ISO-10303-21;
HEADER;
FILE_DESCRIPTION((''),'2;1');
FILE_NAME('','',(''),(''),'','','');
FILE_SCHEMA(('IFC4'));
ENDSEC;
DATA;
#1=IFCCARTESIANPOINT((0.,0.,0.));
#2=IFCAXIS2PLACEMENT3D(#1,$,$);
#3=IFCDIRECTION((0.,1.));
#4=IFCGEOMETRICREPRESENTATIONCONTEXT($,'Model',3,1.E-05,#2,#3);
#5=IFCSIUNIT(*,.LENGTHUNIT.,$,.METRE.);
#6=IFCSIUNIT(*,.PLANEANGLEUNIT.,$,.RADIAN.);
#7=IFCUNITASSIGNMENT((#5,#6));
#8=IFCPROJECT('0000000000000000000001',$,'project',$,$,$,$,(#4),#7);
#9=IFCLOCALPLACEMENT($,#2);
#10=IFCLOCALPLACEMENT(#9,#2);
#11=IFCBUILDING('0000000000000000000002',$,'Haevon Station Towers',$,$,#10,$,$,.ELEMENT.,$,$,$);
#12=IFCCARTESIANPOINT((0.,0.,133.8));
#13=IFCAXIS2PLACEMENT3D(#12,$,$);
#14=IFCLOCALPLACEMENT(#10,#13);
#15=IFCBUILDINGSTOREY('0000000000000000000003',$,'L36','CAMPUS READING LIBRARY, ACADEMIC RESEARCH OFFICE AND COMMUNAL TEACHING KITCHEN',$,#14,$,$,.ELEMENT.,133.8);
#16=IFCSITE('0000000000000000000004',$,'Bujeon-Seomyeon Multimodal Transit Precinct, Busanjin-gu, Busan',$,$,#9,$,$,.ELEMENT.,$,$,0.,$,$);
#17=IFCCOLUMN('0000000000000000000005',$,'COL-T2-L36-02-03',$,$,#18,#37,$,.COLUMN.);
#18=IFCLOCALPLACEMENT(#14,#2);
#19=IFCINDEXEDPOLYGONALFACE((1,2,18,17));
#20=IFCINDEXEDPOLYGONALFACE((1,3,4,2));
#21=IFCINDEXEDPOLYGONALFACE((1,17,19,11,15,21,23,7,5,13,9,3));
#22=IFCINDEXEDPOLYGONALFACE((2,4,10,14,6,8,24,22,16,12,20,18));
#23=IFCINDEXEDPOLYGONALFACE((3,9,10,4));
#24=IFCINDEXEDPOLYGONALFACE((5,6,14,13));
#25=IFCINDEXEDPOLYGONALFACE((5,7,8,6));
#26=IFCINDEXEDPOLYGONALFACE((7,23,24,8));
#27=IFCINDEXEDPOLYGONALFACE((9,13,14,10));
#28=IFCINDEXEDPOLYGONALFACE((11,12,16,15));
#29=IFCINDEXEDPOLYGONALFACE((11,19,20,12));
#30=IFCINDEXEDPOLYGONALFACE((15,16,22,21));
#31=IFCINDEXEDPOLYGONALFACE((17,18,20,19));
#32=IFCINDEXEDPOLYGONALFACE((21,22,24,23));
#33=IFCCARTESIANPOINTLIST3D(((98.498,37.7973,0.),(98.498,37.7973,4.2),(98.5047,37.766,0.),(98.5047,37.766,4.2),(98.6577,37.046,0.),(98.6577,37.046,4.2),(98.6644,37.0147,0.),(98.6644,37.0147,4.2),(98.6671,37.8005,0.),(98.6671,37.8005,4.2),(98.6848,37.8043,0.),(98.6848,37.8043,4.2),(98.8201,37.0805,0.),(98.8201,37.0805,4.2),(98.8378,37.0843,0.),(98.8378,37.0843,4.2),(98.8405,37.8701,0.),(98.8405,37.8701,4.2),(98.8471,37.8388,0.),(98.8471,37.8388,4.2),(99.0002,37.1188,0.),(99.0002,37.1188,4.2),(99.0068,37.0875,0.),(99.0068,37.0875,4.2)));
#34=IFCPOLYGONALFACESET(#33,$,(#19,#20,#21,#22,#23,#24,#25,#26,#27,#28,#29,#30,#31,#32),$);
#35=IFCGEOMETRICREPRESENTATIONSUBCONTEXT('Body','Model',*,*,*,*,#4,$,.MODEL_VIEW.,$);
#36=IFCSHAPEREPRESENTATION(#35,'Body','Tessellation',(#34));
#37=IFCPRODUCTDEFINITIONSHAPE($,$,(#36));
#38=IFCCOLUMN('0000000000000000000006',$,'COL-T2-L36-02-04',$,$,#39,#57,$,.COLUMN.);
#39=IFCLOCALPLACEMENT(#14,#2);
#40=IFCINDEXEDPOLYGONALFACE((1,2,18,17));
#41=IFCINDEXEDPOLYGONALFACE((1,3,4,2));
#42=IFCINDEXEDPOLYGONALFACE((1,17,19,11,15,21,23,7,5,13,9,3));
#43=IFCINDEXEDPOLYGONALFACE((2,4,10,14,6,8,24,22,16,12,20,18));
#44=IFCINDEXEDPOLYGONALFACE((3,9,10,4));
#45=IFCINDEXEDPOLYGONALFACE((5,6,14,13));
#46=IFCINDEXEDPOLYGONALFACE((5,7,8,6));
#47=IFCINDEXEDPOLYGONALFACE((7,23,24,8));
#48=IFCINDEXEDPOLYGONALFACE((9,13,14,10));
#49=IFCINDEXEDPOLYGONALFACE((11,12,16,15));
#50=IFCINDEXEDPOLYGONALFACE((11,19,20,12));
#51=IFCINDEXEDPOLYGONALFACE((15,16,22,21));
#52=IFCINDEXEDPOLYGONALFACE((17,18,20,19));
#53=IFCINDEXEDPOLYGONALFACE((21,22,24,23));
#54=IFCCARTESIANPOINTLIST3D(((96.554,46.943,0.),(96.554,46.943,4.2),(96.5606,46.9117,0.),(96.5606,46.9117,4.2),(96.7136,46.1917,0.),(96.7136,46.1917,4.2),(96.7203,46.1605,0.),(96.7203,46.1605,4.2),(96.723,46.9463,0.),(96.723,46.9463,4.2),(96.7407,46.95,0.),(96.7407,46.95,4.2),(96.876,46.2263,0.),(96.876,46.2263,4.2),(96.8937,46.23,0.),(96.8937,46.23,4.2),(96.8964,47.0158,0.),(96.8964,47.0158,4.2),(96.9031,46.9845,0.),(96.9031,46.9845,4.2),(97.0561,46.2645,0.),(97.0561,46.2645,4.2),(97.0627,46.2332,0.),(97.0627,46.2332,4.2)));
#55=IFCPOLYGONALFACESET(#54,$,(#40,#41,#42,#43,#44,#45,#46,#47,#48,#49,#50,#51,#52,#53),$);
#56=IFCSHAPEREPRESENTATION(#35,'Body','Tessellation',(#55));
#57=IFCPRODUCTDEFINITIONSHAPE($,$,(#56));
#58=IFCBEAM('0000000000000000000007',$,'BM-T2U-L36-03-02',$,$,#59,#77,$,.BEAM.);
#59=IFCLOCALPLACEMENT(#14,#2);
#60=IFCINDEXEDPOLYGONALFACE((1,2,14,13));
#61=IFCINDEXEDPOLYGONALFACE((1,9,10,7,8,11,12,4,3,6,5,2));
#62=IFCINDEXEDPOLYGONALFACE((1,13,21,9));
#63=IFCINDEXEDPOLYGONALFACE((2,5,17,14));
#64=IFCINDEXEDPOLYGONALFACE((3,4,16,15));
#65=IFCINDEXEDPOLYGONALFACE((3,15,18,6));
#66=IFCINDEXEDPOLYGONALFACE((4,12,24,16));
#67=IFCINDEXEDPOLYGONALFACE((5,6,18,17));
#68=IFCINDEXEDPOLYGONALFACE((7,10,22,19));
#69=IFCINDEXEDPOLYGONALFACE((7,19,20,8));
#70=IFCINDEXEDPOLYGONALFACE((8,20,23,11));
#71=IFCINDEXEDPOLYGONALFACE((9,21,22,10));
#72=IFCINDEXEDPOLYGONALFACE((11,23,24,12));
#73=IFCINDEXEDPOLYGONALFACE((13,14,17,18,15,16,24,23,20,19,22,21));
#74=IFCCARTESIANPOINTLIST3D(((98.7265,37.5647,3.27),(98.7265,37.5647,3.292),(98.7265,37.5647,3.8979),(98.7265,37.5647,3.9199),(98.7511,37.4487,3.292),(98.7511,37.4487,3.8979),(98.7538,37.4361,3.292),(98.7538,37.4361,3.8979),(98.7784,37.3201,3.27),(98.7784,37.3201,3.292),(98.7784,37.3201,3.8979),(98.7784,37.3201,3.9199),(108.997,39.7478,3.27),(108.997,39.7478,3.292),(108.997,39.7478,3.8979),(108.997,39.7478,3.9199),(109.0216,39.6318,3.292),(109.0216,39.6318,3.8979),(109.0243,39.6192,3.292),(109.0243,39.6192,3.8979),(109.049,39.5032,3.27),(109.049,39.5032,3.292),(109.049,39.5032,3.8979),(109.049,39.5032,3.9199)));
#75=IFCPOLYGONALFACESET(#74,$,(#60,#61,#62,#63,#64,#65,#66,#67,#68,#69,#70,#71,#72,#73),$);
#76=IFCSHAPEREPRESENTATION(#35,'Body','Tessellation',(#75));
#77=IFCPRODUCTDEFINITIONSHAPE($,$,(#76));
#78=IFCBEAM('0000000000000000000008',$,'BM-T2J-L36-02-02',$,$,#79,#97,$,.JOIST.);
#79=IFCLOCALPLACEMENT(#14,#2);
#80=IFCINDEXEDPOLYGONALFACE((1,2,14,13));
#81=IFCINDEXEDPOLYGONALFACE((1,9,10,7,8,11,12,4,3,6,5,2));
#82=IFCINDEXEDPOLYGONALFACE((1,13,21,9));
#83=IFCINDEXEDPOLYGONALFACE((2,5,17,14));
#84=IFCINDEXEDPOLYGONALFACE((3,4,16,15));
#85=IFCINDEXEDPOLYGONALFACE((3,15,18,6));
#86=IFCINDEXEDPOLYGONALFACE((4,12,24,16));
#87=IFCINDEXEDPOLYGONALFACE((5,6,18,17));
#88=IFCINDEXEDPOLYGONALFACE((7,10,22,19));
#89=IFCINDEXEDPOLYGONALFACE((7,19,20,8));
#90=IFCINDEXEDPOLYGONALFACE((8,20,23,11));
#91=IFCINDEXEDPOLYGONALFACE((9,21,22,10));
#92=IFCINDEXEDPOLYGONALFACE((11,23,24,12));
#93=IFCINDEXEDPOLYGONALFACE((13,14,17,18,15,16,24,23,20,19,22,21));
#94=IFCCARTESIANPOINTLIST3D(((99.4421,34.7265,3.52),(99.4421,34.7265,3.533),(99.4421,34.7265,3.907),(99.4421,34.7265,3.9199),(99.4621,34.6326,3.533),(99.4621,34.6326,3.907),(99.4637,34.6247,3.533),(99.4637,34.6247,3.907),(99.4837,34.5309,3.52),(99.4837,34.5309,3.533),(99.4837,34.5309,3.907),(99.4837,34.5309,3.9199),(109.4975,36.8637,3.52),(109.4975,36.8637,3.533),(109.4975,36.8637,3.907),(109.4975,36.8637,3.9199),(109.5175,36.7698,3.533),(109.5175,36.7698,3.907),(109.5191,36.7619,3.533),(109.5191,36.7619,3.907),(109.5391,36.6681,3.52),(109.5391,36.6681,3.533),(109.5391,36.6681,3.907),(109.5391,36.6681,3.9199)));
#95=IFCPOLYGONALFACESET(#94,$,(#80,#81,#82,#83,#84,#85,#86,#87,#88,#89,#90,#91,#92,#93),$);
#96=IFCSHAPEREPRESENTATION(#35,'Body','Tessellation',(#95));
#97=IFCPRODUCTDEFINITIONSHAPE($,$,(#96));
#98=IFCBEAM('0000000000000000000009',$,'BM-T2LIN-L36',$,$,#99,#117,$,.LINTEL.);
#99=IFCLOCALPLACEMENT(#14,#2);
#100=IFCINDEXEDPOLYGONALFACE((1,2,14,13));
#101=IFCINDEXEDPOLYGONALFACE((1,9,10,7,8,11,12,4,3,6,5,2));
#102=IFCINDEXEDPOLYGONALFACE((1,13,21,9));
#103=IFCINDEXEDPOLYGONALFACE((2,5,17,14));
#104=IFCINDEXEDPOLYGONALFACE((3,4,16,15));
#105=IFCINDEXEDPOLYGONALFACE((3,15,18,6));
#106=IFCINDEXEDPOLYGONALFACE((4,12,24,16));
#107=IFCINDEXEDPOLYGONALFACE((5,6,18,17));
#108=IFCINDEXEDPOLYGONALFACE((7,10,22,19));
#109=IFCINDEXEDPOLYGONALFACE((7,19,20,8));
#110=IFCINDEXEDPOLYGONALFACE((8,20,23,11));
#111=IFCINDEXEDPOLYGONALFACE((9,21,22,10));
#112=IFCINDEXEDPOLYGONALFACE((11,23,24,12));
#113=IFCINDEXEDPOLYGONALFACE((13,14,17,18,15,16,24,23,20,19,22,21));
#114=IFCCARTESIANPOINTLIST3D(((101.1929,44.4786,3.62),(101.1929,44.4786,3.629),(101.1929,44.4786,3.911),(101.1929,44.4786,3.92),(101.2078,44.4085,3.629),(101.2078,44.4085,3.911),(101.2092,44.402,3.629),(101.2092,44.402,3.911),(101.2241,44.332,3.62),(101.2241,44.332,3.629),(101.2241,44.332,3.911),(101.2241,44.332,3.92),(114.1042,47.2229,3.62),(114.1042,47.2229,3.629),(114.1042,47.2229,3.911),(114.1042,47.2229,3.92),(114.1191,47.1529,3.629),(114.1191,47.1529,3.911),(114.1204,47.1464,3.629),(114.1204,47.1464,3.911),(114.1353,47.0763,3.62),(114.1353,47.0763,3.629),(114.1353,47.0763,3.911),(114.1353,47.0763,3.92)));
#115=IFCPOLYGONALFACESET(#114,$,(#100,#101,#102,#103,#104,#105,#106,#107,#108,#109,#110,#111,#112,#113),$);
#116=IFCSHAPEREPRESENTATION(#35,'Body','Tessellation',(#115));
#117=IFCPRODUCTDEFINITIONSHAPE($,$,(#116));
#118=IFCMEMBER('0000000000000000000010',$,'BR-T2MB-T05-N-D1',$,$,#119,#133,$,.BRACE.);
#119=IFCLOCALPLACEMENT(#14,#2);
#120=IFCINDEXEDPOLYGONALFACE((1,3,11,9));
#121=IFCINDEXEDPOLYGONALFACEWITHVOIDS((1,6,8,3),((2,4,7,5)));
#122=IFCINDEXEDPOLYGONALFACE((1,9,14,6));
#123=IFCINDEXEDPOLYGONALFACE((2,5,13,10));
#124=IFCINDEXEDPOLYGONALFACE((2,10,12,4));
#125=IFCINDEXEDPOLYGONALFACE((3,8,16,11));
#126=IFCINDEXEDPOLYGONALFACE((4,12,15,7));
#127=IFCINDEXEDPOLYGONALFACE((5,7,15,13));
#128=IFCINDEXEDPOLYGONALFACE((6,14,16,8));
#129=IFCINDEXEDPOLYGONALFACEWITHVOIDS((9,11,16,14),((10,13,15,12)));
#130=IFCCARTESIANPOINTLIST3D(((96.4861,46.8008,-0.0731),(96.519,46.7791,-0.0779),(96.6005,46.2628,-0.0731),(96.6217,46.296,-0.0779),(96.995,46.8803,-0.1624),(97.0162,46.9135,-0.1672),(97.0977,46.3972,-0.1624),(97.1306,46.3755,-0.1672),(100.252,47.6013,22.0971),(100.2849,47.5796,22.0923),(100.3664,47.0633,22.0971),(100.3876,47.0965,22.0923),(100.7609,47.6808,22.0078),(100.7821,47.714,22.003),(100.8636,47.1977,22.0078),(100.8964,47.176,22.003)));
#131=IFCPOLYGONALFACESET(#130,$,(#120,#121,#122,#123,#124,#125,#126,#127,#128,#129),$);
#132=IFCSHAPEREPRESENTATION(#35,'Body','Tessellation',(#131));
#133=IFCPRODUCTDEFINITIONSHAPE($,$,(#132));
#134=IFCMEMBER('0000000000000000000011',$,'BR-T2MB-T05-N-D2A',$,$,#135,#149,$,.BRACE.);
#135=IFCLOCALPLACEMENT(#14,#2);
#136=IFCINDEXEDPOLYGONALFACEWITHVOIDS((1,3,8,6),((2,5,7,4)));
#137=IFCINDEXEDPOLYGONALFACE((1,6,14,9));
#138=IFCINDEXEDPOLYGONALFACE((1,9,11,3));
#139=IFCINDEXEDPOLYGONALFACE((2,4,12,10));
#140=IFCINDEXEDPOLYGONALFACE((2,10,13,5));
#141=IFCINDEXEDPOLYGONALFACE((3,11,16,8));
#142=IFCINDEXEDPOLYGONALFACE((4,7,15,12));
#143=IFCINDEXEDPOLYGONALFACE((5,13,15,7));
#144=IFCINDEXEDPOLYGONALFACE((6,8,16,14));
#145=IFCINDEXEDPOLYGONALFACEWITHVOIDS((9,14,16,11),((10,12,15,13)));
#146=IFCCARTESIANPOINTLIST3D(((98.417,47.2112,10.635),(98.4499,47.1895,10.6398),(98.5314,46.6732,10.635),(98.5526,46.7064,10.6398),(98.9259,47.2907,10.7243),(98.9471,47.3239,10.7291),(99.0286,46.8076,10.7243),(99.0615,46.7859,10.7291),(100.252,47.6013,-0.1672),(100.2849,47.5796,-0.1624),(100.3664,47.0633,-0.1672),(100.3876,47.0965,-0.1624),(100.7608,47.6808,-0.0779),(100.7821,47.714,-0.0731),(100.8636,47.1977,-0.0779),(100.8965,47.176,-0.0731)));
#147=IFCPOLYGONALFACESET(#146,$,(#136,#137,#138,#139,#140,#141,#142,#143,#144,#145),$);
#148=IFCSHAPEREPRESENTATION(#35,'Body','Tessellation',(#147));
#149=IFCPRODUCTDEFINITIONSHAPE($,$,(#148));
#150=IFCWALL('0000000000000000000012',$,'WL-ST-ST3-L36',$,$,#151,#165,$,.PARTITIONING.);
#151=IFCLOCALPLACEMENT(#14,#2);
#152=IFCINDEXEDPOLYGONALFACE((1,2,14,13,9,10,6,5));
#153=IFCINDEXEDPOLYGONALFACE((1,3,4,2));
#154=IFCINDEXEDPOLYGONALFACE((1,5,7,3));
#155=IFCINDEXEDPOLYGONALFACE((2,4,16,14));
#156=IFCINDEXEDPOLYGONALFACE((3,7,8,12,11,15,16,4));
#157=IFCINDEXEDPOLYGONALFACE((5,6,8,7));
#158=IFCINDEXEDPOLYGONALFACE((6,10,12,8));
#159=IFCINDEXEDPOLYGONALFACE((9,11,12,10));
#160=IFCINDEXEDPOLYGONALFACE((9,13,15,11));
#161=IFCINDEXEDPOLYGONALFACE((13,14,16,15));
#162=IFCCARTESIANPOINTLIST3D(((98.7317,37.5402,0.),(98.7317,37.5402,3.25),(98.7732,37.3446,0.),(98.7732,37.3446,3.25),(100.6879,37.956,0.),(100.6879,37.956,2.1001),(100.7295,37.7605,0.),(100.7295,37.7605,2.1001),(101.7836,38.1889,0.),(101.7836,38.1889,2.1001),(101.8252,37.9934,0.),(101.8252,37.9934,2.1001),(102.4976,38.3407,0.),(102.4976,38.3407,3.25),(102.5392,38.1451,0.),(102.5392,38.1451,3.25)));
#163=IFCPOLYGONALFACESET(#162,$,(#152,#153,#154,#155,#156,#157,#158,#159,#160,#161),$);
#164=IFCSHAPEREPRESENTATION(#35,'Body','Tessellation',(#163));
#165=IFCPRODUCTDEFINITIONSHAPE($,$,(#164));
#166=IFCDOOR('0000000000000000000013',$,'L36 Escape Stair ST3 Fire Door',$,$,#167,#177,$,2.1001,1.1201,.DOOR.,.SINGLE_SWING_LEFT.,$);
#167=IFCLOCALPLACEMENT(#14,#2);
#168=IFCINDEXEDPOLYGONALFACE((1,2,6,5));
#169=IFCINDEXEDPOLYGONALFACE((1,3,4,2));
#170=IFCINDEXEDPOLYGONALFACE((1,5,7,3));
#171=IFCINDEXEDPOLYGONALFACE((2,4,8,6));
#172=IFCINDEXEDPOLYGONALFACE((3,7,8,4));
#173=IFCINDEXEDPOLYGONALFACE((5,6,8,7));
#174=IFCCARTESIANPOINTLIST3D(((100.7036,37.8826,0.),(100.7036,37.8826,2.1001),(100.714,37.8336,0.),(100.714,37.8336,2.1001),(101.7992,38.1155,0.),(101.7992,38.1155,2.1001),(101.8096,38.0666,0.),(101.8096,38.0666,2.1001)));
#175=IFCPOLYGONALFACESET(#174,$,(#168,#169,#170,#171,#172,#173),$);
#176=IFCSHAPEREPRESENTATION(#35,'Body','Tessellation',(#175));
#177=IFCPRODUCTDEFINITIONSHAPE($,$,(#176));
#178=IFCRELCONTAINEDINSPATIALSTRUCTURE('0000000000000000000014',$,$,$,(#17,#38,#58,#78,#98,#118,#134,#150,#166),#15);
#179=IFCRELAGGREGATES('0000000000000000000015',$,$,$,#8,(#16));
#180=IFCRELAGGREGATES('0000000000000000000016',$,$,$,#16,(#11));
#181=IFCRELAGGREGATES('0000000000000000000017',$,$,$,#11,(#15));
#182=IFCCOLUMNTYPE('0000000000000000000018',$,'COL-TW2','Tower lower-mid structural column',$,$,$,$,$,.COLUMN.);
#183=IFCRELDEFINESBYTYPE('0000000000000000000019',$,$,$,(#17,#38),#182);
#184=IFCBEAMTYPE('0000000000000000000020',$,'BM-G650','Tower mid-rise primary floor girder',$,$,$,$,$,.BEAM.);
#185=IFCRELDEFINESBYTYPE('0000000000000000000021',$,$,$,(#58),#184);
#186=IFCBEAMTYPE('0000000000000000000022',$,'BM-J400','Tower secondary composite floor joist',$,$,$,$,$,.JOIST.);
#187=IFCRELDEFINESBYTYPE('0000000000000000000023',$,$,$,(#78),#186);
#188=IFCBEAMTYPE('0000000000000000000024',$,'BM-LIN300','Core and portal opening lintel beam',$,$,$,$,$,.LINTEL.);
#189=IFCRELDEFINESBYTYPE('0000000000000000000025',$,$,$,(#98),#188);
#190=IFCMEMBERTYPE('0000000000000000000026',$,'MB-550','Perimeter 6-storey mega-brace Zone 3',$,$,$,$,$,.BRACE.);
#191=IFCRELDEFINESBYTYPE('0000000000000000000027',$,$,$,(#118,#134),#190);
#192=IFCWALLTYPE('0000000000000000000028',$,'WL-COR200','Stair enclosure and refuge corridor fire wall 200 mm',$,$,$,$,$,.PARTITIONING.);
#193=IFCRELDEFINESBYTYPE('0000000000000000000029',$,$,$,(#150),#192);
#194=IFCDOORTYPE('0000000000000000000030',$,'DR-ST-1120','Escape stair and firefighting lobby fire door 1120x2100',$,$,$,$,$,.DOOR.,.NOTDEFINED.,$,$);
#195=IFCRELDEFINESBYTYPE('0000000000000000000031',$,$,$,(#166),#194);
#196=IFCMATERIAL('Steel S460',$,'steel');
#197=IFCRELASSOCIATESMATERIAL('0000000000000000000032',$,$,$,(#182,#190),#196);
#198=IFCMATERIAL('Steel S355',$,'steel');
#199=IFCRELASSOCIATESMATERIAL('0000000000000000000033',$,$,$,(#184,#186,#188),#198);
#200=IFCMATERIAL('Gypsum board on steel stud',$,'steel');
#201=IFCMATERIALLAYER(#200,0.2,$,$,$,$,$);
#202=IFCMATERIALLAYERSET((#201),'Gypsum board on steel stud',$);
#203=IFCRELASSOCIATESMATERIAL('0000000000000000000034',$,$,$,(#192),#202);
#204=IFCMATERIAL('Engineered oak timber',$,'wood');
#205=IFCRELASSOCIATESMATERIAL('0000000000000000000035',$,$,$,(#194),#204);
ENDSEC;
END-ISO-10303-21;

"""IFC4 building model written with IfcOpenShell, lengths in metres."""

from ifc_helpers import new_model, si_unit, direction, frame, frame_2d, origin, origin_2d, place, context, subcontext, project, spatial, rectangle, hollow_rectangle, i_section, extrude, material, layer, layer_set, material_profile, profile_set, type_object, element, fill, save


model = new_model("IFC4")

# Units and contexts
model_context = context("Model", 3, precision=1e-05, world=origin(), true_north=direction((0.0, 1.0)))
body_context = subcontext(model_context, "Body", "Model", "MODEL_VIEW")
ifc_project = project(units=[si_unit("LENGTHUNIT", "METRE"), si_unit("PLANEANGLEUNIT", "RADIAN")], contexts=[model_context])

# Site, building, storey
site_placement = place(None, origin())
site = spatial("IfcSite", under=ifc_project, at=site_placement, Name="Bujeon-Seomyeon Multimodal Transit Precinct, Busanjin-gu, Busan", CompositionType="ELEMENT", RefElevation=0.0)
building_placement = place(site_placement, origin())
building = spatial("IfcBuilding", under=site, at=building_placement, Name="Haevon Station Towers", CompositionType="ELEMENT")
storey_placement = place(building_placement, frame((0.0, 0.0, 133.8)))
storey = spatial("IfcBuildingStorey", under=building, at=storey_placement, Name="L36", Description="CAMPUS READING LIBRARY, ACADEMIC RESEARCH OFFICE AND COMMUNAL TEACHING KITCHEN", CompositionType="ELEMENT", Elevation=133.8)

# Columns
ifc_material_1 = material(Name="Steel S460", Category="steel")
ifc_material_profile_1 = material_profile(ifc_material_1, i_section(OverallWidth=0.3501, OverallDepth=0.8, WebThickness=0.0181, FlangeThickness=0.032, at=origin_2d()), Name="H-800x350x18x32")
ifc_profile_set_1 = profile_set([ifc_material_profile_1], Name="Steel S460")
column_type = type_object("IfcColumnType", Name="COL-TW2", Description="Tower lower-mid structural column", PredefinedType="COLUMN", material=ifc_profile_set_1)
for number, where, z_axis, x_axis, name in (
    (1, (98.7524, 37.4424, 0.0), (0.0, 0.0, 1.0), (0.978148, 0.207912, 0.0), "COL-T2-L36-02-03"),
    (2, (96.8083, 46.5881, 0.0), (0.0, 0.0, 1.0), (0.978148, 0.207912, 0.0), "COL-T2-L36-02-04"),
):
    element("IfcColumn", number, at=place(storey_placement, frame(where, z_axis=z_axis, x_axis=x_axis)), inside=storey, type_object=column_type, Name=name, PredefinedType="COLUMN", context=body_context, shape_type="SweptSolid", body=[
        extrude(i_section(OverallWidth=0.3501, OverallDepth=0.8, WebThickness=0.0181, FlangeThickness=0.032, at=origin_2d()), origin(), (0.0, 0.0, 1.0), 4.2),
    ])

# Beams
ifc_material_2 = material(Name="Steel S355", Category="steel")
ifc_material_profile_2 = material_profile(ifc_material_2, i_section(OverallWidth=0.25, OverallDepth=0.6499, WebThickness=0.0129, FlangeThickness=0.022, at=origin_2d()), Name="H-650x250x13x22")
ifc_profile_set_2 = profile_set([ifc_material_profile_2], Name="Steel S355")
beam_type_1 = type_object("IfcBeamType", Name="BM-G650", Description="Tower mid-rise primary floor girder", PredefinedType="BEAM", material=ifc_profile_set_2)
beam_1_placement = place(storey_placement, frame((98.7524, 37.4424, 3.595), z_axis=(0.978147, 0.207915, 0.0), x_axis=(-0.207915, 0.978147, 0.0)))
element("IfcBeam", 3, at=beam_1_placement, inside=storey, type_object=beam_type_1, Name="BM-T2U-L36-03-02", PredefinedType="BEAM", context=body_context, shape_type="SweptSolid", body=[
    extrude(i_section(OverallWidth=0.25, OverallDepth=0.6499, WebThickness=0.0129, FlangeThickness=0.022, at=origin_2d()), origin(), (0.0, 0.0, 1.0), 10.5),
])
ifc_material_profile_3 = material_profile(ifc_material_2, i_section(OverallWidth=0.2, OverallDepth=0.3999, WebThickness=0.0081, FlangeThickness=0.0129, at=origin_2d()), Name="H-400x200x8x13")
ifc_profile_set_3 = profile_set([ifc_material_profile_3], Name="Steel S355")
beam_type_2 = type_object("IfcBeamType", Name="BM-J400", Description="Tower secondary composite floor joist", PredefinedType="JOIST", material=ifc_profile_set_3)
beam_2_placement = place(storey_placement, frame((99.4629, 34.6287, 3.72), z_axis=(0.97815, 0.207899, 0.0), x_axis=(-0.207899, 0.97815, 0.0)))
element("IfcBeam", 4, at=beam_2_placement, inside=storey, type_object=beam_type_2, Name="BM-T2J-L36-02-02", PredefinedType="JOIST", context=body_context, shape_type="SweptSolid", body=[
    extrude(i_section(OverallWidth=0.2, OverallDepth=0.3999, WebThickness=0.0081, FlangeThickness=0.0129, at=origin_2d()), origin(), (0.0, 0.0, 1.0), 10.28),
])
ifc_material_profile_4 = material_profile(ifc_material_2, i_section(OverallWidth=0.1499, OverallDepth=0.3, WebThickness=0.0066, FlangeThickness=0.009, at=origin_2d()), Name="H-300x150x6.5x9")
ifc_profile_set_4 = profile_set([ifc_material_profile_4], Name="Steel S355")
beam_type_3 = type_object("IfcBeamType", Name="BM-LIN300", Description="Core and portal opening lintel beam", PredefinedType="LINTEL", material=ifc_profile_set_4)
beam_3_placement = place(storey_placement, frame((101.2085, 44.4053, 3.77), z_axis=(0.978148, 0.207911, 0.0), x_axis=(-0.207911, 0.978148, 0.0)))
element("IfcBeam", 5, at=beam_3_placement, inside=storey, type_object=beam_type_3, Name="BM-T2LIN-L36", PredefinedType="LINTEL", context=body_context, shape_type="SweptSolid", body=[
    extrude(i_section(OverallWidth=0.1499, OverallDepth=0.3, WebThickness=0.0066, FlangeThickness=0.009, at=origin_2d()), origin(), (0.0, 0.0, 1.0), 13.1997),
])

# Members
ifc_material_profile_5 = material_profile(ifc_material_1, hollow_rectangle(XDim=0.55, YDim=0.55, WallThickness=0.0281, at=origin_2d()), Name="RHS-550x550x28")
ifc_profile_set_5 = profile_set([ifc_material_profile_5], Name="Steel S460")
member_type = type_object("IfcMemberType", Name="MB-550", Description="Perimeter 6-storey mega-brace Zone 3", PredefinedType="BRACE", material=ifc_profile_set_5)
member_1_placement = place(storey_placement, frame((96.8083, 46.5881, -0.1201), z_axis=(0.167357, 0.035576, 0.985254), x_axis=(-0.207931, 0.978144, 0.0)))
element("IfcMember", 6, at=member_1_placement, inside=storey, type_object=member_type, Name="BR-T2MB-T05-N-D1", PredefinedType="BRACE", context=body_context, shape_type="SweptSolid", body=[
    extrude(hollow_rectangle(XDim=0.55, YDim=0.55, WallThickness=0.0281, at=origin_2d()), origin(), (0.0, 0.0, 1.0), 22.502),
])
member_2_placement = place(storey_placement, frame((100.5742, 47.3887, -0.1201), z_axis=(-0.167363, -0.035584, 0.985253), x_axis=(0.207965, -0.978136, 0.0)))
element("IfcMember", 7, at=member_2_placement, inside=storey, type_object=member_type, Name="BR-T2MB-T05-N-D2A", PredefinedType="BRACE", context=body_context, shape_type="SweptSolid", body=[
    extrude(hollow_rectangle(XDim=0.55, YDim=0.55, WallThickness=0.0281, at=origin_2d()), origin(), (0.0, 0.0, 1.0), 10.9639),
])

# Wall, opening, door
ifc_material_3 = material(Name="Gypsum board on steel stud", Category="steel")
ifc_layer_1 = layer(ifc_material_3, 0.2)
ifc_layer_set_1 = layer_set([ifc_layer_1], Name="Gypsum board on steel stud")
wall_type_1 = type_object("IfcWallType", Name="WL-COR200", Description="Stair enclosure and refuge corridor fire wall 200 mm", PredefinedType="PARTITIONING", material=ifc_layer_set_1)
wall_1_placement = place(storey_placement, frame((98.7524, 37.4424, 0.0), z_axis=(0.0, 0.0, 1.0), x_axis=(0.978144, 0.207931, 0.0)))
wall_1 = element("IfcWall", 8, at=wall_1_placement, inside=storey, type_object=wall_type_1, Name="WL-ST-ST3-L36", PredefinedType="PARTITIONING", context=body_context, shape_type="SweptSolid", body=[
    extrude(rectangle(XDim=3.8501, YDim=0.2, at=frame_2d((1.925, 0.0))), origin(), (0.0, 0.0, 1.0), 3.25),
])
opening_1_placement = place(wall_1_placement, frame((2.0, 0.0, 0.0)))
opening_1 = element("IfcOpeningElement", 9, at=opening_1_placement, cuts=wall_1, PredefinedType="OPENING", context=body_context, shape_type="SweptSolid", body=[
    extrude(rectangle(XDim=1.1201, YDim=2.1001, at=frame_2d((0.5601, 1.05))), frame((0.0, 0.1099, 0.0), z_axis=(0.0, -1.0, 0.0), x_axis=(1.0, 0.0, 0.0)), (0.0, 0.0, 1.0), 0.22),
])
ifc_material_4 = material(Name="Engineered oak timber", Category="wood")
door_type_1 = type_object("IfcDoorType", Name="DR-ST-1120", Description="Escape stair and firefighting lobby fire door 1120x2100", OperationType="NOTDEFINED", PredefinedType="DOOR", material=ifc_material_4)
door_1_placement = place(opening_1_placement, origin())
door_1 = element("IfcDoor", 10, at=door_1_placement, inside=storey, type_object=door_type_1, Name="L36 Escape Stair ST3 Fire Door", OperationType="SINGLE_SWING_LEFT", OverallHeight=2.1001, OverallWidth=1.1201, PredefinedType="DOOR", context=body_context, shape_type="SweptSolid", body=[
    extrude(rectangle(XDim=1.1201, YDim=2.1001, at=frame_2d((0.5601, 1.05))), frame((0.0, 0.0249, 0.0), z_axis=(0.0, -1.0, 0.0), x_axis=(1.0, 0.0, 0.0)), (0.0, 0.0, 1.0), 0.05),
])
fill(opening_1, door_1)

save(model, "model.ifc")
